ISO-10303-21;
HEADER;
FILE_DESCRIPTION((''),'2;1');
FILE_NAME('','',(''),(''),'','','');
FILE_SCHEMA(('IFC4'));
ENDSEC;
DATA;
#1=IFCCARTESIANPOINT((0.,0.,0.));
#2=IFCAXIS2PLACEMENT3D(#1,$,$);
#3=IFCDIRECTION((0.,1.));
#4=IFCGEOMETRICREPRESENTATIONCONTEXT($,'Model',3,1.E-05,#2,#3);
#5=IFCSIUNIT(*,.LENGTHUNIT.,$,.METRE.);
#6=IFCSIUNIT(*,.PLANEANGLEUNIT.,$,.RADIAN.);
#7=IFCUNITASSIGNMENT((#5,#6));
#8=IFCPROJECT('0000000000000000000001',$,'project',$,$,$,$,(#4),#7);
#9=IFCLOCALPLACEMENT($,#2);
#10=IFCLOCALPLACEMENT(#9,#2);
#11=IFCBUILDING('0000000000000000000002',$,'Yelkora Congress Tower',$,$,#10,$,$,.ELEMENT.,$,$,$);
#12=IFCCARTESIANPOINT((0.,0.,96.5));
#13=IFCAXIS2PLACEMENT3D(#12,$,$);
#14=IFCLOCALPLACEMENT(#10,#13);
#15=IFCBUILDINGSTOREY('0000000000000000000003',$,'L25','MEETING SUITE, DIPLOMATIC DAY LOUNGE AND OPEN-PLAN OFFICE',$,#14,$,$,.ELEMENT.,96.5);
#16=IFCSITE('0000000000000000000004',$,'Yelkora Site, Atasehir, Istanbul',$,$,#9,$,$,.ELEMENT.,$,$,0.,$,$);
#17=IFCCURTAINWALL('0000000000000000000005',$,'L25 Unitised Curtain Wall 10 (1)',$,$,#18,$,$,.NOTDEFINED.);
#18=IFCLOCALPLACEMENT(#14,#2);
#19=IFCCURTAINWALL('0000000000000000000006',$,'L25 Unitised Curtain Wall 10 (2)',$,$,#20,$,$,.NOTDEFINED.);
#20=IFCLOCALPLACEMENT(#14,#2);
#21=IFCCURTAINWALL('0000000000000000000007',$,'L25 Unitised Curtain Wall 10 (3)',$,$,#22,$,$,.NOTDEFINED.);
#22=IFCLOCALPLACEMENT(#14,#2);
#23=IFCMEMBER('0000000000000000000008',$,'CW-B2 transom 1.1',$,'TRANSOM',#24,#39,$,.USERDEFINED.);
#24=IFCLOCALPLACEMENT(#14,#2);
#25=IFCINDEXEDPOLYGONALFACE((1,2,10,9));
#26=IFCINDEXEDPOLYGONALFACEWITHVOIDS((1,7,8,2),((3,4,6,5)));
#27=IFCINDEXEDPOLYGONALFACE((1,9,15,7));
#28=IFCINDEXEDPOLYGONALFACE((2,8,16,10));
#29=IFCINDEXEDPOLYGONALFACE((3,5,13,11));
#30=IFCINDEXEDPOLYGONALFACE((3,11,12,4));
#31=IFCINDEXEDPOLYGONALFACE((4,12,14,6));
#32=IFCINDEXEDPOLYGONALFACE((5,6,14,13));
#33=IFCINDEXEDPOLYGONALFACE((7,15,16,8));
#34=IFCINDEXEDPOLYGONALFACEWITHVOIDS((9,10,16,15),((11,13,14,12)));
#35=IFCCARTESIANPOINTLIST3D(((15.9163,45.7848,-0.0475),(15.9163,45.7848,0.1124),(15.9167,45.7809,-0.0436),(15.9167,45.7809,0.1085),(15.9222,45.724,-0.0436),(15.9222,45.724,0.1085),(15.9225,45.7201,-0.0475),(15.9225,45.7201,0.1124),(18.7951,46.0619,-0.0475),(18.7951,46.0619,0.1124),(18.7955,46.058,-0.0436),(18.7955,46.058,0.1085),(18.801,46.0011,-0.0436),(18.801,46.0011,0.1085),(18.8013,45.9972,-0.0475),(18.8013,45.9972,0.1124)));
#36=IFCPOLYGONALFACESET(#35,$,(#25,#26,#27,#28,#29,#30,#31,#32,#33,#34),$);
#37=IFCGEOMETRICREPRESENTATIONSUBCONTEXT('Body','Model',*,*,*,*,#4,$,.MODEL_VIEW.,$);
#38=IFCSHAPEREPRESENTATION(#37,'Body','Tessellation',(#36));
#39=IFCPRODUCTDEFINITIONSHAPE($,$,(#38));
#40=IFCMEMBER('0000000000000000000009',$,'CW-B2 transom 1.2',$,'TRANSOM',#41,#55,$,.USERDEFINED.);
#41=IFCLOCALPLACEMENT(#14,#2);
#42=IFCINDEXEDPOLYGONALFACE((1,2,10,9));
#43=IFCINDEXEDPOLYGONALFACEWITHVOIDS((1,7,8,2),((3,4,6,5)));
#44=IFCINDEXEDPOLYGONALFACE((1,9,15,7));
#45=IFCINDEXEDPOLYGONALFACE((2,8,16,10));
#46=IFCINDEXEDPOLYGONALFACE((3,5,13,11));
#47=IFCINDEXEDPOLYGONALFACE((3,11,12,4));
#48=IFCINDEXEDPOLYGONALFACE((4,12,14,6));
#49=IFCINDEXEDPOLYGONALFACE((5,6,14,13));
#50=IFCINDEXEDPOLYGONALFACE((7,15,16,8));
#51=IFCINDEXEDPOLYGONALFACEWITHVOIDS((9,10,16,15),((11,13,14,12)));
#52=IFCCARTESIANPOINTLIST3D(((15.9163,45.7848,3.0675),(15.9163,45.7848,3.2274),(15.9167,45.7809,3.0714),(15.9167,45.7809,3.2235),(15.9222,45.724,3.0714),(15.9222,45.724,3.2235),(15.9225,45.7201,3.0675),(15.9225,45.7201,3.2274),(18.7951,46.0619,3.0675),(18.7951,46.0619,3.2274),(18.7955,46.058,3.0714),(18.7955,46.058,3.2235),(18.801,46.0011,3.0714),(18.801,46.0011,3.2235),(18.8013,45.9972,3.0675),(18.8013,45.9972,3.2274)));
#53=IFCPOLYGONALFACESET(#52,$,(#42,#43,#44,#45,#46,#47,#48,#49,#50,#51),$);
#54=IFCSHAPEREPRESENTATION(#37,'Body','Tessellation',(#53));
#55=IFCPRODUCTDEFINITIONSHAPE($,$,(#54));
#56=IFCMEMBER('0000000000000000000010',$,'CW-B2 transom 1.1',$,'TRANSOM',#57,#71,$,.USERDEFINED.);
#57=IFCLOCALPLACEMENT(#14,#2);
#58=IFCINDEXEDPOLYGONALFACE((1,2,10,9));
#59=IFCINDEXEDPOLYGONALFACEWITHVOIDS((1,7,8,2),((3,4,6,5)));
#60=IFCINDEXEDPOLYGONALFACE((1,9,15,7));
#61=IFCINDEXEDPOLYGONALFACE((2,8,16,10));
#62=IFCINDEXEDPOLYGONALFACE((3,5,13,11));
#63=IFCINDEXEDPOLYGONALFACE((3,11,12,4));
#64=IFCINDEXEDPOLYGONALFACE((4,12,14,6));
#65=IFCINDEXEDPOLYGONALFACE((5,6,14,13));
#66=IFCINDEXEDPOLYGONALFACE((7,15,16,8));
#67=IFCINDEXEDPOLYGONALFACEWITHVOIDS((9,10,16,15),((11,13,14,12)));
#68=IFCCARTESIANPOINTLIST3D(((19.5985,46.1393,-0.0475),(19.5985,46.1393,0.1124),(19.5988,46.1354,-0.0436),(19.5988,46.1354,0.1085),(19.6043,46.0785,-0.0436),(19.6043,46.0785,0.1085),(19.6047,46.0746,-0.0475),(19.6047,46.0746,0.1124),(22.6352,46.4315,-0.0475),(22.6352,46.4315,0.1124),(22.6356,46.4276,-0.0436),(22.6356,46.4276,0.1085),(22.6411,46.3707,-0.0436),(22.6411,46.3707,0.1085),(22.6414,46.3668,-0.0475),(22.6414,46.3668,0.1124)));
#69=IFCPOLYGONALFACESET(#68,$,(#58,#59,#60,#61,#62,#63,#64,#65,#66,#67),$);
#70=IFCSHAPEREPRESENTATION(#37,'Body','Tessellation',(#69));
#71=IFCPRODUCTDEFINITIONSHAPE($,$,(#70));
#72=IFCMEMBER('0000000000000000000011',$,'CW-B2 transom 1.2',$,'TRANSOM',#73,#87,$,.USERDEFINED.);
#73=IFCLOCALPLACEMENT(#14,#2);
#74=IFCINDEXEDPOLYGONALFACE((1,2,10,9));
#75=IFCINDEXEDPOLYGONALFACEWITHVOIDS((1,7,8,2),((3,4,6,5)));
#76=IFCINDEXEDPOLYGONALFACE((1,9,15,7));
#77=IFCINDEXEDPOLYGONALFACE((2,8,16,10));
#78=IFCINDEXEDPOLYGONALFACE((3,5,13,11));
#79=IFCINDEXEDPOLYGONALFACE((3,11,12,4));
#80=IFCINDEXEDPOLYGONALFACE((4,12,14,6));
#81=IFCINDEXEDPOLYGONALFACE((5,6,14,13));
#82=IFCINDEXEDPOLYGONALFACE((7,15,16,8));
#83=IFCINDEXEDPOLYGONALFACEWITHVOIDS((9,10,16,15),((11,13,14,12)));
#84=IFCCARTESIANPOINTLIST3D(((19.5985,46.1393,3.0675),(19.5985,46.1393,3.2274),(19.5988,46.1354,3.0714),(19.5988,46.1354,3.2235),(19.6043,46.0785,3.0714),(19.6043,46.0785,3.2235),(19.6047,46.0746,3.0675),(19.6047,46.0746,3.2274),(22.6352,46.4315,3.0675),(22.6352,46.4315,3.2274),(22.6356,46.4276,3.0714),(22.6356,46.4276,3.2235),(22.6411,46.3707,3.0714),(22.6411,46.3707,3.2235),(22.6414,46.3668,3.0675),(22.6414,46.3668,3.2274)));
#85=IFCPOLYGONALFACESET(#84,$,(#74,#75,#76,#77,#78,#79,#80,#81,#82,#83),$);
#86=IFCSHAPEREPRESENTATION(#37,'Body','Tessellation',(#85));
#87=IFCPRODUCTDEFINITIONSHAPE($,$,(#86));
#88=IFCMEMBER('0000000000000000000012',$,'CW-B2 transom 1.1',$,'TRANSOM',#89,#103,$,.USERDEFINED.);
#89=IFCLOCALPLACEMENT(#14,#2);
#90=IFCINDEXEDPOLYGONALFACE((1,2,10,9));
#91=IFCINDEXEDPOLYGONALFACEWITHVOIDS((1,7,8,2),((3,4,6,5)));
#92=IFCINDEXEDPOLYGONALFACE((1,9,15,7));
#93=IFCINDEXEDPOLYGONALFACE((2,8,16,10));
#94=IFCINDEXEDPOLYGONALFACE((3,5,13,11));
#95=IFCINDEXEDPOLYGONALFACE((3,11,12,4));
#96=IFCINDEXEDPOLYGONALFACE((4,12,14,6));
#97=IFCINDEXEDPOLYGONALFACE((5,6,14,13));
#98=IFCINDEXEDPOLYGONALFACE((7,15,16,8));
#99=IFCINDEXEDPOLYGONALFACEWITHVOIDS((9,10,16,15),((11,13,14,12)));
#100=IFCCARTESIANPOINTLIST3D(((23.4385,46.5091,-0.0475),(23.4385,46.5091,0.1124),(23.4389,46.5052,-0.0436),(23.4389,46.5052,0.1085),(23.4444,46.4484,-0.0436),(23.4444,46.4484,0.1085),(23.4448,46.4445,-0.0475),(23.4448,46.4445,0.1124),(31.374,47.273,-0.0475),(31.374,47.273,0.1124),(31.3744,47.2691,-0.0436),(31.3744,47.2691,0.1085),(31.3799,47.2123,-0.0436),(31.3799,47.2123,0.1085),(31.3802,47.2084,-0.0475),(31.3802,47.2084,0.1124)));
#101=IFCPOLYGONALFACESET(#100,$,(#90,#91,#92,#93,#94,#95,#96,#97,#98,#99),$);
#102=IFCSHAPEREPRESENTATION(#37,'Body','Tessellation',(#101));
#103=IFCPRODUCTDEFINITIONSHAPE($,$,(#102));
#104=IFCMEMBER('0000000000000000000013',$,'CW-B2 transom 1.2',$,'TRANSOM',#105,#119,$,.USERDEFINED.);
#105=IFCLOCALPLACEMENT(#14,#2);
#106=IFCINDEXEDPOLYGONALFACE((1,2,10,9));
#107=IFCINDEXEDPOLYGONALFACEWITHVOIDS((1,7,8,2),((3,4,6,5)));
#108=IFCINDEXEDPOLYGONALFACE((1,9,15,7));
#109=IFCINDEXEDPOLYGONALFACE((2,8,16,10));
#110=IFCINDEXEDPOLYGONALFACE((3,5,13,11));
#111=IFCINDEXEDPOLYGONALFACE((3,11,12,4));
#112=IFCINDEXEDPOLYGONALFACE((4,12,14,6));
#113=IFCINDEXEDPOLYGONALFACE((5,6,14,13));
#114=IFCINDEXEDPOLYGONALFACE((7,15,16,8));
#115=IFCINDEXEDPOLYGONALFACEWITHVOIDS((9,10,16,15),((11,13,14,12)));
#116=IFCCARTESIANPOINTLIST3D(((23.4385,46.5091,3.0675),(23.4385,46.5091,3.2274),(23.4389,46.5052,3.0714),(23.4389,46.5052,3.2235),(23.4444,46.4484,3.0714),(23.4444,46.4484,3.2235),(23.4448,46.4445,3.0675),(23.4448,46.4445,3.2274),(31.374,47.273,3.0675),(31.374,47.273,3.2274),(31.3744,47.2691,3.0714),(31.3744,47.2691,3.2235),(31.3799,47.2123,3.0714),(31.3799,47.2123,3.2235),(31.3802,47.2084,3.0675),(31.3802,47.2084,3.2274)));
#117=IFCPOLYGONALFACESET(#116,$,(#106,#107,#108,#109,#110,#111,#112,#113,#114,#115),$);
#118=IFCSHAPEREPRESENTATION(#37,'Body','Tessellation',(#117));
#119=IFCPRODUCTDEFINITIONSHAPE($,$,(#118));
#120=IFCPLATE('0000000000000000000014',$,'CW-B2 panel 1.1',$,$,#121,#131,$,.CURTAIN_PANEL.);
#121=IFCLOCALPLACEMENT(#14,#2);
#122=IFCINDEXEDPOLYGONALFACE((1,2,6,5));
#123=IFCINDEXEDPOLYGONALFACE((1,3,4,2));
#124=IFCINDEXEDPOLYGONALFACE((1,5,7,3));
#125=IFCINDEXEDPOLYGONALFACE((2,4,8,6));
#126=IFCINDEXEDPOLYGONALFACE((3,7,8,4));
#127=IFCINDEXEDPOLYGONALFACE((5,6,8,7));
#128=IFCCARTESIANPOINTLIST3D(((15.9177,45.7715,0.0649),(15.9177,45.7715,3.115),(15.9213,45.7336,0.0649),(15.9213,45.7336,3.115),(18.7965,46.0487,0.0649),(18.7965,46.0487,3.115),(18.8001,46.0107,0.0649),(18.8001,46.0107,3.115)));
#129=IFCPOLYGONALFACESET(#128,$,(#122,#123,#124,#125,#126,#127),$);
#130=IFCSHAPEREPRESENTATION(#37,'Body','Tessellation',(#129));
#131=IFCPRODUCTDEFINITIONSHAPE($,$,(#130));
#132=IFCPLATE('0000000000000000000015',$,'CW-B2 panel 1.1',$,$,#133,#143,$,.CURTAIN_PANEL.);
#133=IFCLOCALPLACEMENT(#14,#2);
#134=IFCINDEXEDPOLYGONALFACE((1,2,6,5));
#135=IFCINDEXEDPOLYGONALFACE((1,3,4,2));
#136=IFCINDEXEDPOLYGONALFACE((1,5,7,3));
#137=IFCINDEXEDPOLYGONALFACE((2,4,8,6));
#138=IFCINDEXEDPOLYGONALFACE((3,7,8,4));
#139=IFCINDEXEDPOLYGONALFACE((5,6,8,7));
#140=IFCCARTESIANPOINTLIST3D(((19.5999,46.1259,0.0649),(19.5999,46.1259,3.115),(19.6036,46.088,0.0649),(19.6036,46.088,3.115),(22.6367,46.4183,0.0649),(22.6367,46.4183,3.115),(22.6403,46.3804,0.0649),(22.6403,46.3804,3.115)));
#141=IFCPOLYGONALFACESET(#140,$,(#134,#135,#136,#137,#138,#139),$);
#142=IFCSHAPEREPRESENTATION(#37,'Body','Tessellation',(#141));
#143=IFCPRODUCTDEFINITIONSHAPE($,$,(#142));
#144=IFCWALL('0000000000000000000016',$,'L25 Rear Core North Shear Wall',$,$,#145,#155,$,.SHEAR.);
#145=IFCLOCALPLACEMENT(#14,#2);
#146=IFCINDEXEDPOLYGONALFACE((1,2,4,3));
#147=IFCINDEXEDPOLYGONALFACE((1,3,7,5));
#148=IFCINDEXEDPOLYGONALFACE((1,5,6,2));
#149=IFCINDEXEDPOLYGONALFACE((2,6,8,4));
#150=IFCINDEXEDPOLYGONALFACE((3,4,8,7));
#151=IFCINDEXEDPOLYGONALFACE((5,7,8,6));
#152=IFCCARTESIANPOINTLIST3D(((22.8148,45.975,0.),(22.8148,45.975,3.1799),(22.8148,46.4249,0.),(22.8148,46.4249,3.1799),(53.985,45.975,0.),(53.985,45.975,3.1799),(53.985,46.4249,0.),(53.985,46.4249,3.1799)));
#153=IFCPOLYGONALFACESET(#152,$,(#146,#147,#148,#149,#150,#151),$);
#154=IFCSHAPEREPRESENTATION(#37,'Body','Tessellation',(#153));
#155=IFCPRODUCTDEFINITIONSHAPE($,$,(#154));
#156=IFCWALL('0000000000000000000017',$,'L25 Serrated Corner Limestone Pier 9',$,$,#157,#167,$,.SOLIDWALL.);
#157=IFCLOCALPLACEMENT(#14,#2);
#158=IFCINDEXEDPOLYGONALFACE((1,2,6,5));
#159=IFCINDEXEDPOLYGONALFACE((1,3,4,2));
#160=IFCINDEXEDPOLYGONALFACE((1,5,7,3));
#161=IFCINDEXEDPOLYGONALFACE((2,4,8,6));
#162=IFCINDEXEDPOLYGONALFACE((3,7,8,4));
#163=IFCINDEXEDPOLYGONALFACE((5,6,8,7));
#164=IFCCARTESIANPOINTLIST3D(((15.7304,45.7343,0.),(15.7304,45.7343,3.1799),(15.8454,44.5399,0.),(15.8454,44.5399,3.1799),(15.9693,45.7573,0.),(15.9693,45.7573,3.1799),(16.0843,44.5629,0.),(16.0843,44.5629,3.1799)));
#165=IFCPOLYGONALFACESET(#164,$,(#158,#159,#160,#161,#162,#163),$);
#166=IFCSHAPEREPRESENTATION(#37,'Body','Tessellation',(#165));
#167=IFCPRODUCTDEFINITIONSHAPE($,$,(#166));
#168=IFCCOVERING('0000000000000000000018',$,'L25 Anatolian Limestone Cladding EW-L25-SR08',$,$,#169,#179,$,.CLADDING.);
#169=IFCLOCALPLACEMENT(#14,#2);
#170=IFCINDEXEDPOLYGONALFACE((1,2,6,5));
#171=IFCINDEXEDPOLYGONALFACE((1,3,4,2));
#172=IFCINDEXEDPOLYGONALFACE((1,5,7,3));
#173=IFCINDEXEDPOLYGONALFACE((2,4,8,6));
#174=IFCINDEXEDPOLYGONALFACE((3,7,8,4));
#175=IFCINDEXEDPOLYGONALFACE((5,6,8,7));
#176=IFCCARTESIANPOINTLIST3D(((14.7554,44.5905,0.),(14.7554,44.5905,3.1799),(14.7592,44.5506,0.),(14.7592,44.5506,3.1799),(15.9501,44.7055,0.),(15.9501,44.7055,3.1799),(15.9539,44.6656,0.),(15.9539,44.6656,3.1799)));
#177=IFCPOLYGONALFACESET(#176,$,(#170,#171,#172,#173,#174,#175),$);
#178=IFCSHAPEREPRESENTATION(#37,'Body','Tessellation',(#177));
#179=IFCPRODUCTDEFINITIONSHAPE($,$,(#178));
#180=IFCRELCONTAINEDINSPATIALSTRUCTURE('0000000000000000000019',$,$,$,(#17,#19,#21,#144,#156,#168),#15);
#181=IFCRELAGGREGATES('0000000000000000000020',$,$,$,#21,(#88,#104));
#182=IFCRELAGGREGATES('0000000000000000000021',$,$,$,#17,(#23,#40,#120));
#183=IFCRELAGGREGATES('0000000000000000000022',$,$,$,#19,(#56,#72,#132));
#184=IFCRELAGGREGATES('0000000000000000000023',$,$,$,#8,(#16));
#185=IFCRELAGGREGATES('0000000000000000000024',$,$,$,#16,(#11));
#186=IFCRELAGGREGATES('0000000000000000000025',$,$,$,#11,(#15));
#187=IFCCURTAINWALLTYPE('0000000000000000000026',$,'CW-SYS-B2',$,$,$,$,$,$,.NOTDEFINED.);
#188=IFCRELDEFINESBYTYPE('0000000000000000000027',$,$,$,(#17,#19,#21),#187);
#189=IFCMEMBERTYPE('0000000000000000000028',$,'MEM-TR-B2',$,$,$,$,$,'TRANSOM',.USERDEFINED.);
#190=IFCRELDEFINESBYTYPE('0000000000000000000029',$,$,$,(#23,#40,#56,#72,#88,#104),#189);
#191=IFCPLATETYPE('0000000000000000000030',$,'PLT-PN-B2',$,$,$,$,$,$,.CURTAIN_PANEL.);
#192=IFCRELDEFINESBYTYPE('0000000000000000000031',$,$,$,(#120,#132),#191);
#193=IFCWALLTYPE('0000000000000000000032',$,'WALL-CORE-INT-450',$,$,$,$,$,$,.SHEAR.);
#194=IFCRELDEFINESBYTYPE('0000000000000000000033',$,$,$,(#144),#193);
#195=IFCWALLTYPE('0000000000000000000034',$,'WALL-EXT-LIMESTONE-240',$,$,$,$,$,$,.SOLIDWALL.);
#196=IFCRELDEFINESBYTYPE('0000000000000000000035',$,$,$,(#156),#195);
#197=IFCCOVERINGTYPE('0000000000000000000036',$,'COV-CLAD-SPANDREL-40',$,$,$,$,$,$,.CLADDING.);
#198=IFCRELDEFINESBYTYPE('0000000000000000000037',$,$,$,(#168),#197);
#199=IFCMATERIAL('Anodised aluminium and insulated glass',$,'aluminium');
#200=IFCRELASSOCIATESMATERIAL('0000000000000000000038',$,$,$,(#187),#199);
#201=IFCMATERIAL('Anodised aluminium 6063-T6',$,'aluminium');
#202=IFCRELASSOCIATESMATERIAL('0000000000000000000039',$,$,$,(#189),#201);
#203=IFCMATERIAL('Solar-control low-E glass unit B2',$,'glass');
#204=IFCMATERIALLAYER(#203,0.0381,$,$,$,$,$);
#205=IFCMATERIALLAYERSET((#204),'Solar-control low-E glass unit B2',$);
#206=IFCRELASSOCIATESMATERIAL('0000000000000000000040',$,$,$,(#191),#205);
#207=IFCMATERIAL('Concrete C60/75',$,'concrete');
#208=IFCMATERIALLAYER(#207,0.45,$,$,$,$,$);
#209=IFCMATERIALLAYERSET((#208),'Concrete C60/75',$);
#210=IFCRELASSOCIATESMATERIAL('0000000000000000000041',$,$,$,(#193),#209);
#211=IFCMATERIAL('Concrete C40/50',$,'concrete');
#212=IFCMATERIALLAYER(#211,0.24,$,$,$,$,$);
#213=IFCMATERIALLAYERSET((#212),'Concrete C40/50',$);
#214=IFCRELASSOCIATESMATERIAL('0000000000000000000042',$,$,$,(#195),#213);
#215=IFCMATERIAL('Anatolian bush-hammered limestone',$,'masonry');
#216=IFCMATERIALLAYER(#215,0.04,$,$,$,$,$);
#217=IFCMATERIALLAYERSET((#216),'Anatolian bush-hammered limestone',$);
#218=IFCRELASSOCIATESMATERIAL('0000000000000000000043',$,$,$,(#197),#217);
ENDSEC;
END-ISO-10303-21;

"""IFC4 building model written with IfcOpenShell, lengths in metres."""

from ifc_helpers import new_model, si_unit, direction, frame, frame_2d, origin, origin_2d, place, context, subcontext, project, spatial, rectangle, hollow_rectangle, extrude, material, layer, layer_set, material_profile, profile_set, type_object, element, aggregate, save


model = new_model("IFC4")

# Units and contexts
model_context = context("Model", 3, precision=1e-05, world=origin(), true_north=direction((0.0, 1.0)))
body_context = subcontext(model_context, "Body", "Model", "MODEL_VIEW")
ifc_project = project(units=[si_unit("LENGTHUNIT", "METRE"), si_unit("PLANEANGLEUNIT", "RADIAN")], contexts=[model_context])

# Site, building, storey
site_placement = place(None, origin())
site = spatial("IfcSite", under=ifc_project, at=site_placement, Name="Yelkora Site, Atasehir, Istanbul", CompositionType="ELEMENT", RefElevation=0.0)
building_placement = place(site_placement, origin())
building = spatial("IfcBuilding", under=site, at=building_placement, Name="Yelkora Congress Tower", CompositionType="ELEMENT")
storey_placement = place(building_placement, frame((0.0, 0.0, 96.5)))
storey = spatial("IfcBuildingStorey", under=building, at=storey_placement, Name="L25", Description="MEETING SUITE, DIPLOMATIC DAY LOUNGE AND OPEN-PLAN OFFICE", CompositionType="ELEMENT", Elevation=96.5)

# Curtain walls
ifc_material_1 = material(Name="Anodised aluminium and insulated glass", Category="aluminium")
curtain_wall_type = type_object("IfcCurtainWallType", Name="CW-SYS-B2", PredefinedType="NOTDEFINED", material=ifc_material_1)
curtain_wall_1_placement = place(storey_placement, origin())
curtain_wall_1 = element("IfcCurtainWall", 1, at=curtain_wall_1_placement, inside=storey, type_object=curtain_wall_type, Name="L25 Unitised Curtain Wall 10 (1)", PredefinedType="NOTDEFINED")
ifc_material_2 = material(Name="Anodised aluminium 6063-T6", Category="aluminium")
curtain_wall_2_placement = place(storey_placement, origin())
curtain_wall_2 = element("IfcCurtainWall", 2, at=curtain_wall_2_placement, inside=storey, type_object=curtain_wall_type, Name="L25 Unitised Curtain Wall 10 (2)", PredefinedType="NOTDEFINED")

# Curtain wall
curtain_wall_3_placement = place(storey_placement, origin())
curtain_wall_3 = element("IfcCurtainWall", 3, at=curtain_wall_3_placement, inside=storey, type_object=curtain_wall_type, Name="L25 Unitised Curtain Wall 10 (3)", PredefinedType="NOTDEFINED")

# Members
ifc_material_profile_1 = material_profile(ifc_material_2, hollow_rectangle(XDim=0.0649, YDim=0.1599, WallThickness=0.0039, at=origin_2d()), Name="ALU 65x160x4")
ifc_profile_set_1 = profile_set([ifc_material_profile_1], Name="Anodised aluminium 6063-T6")
member_type_1 = type_object("IfcMemberType", Name="MEM-TR-B2", ElementType="TRANSOM", PredefinedType="USERDEFINED", material=ifc_profile_set_1)
member_1_placement = place(storey_placement, frame((15.9194, 45.7524, 0.0325), z_axis=(0.9954, 0.095809, 0.0), x_axis=(-0.095809, 0.9954, 0.0)))
member_1 = element("IfcMember", 4, at=member_1_placement, type_object=member_type_1, Name="CW-B2 transom 1.1", ObjectType="TRANSOM", PredefinedType="USERDEFINED", context=body_context, shape_type="SweptSolid", body=[
    extrude(hollow_rectangle(XDim=0.0649, YDim=0.1599, WallThickness=0.0039, at=origin_2d()), origin(), (0.0, 0.0, 1.0), 2.8921),
])
member_2_placement = place(storey_placement, frame((15.9194, 45.7524, 3.1475), z_axis=(0.9954, 0.095809, 0.0), x_axis=(-0.095809, 0.9954, 0.0)))
member_2 = element("IfcMember", 5, at=member_2_placement, type_object=member_type_1, Name="CW-B2 transom 1.2", ObjectType="TRANSOM", PredefinedType="USERDEFINED", context=body_context, shape_type="SweptSolid", body=[
    extrude(hollow_rectangle(XDim=0.0649, YDim=0.1599, WallThickness=0.0039, at=origin_2d()), origin(), (0.0, 0.0, 1.0), 2.8921),
])
member_3_placement = place(storey_placement, frame((19.6016, 46.1069, 0.0325), z_axis=(0.995402, 0.095787, 0.0), x_axis=(-0.095787, 0.995402, 0.0)))
member_3 = element("IfcMember", 6, at=member_3_placement, type_object=member_type_1, Name="CW-B2 transom 1.1", ObjectType="TRANSOM", PredefinedType="USERDEFINED", context=body_context, shape_type="SweptSolid", body=[
    extrude(hollow_rectangle(XDim=0.0649, YDim=0.1599, WallThickness=0.0039, at=origin_2d()), origin(), (0.0, 0.0, 1.0), 3.0508),
])
member_4_placement = place(storey_placement, frame((19.6016, 46.1069, 3.1475), z_axis=(0.995402, 0.095787, 0.0), x_axis=(-0.095787, 0.995402, 0.0)))
member_4 = element("IfcMember", 7, at=member_4_placement, type_object=member_type_1, Name="CW-B2 transom 1.2", ObjectType="TRANSOM", PredefinedType="USERDEFINED", context=body_context, shape_type="SweptSolid", body=[
    extrude(hollow_rectangle(XDim=0.0649, YDim=0.1599, WallThickness=0.0039, at=origin_2d()), origin(), (0.0, 0.0, 1.0), 3.0508),
])
member_5_placement = place(storey_placement, frame((23.4417, 46.4768, 0.0325), z_axis=(0.995398, 0.095822, 0.0), x_axis=(-0.095822, 0.995398, 0.0)))
member_5 = element("IfcMember", 8, at=member_5_placement, type_object=member_type_1, Name="CW-B2 transom 1.1", ObjectType="TRANSOM", PredefinedType="USERDEFINED", context=body_context, shape_type="SweptSolid", body=[
    extrude(hollow_rectangle(XDim=0.0649, YDim=0.1599, WallThickness=0.0039, at=origin_2d()), origin(), (0.0, 0.0, 1.0), 7.9722),
])
member_6_placement = place(storey_placement, frame((23.4417, 46.4768, 3.1475), z_axis=(0.995398, 0.095822, 0.0), x_axis=(-0.095822, 0.995398, 0.0)))
member_6 = element("IfcMember", 9, at=member_6_placement, type_object=member_type_1, Name="CW-B2 transom 1.2", ObjectType="TRANSOM", PredefinedType="USERDEFINED", context=body_context, shape_type="SweptSolid", body=[
    extrude(hollow_rectangle(XDim=0.0649, YDim=0.1599, WallThickness=0.0039, at=origin_2d()), origin(), (0.0, 0.0, 1.0), 7.9722),
])
aggregate(curtain_wall_3, [member_5, member_6])

# Plates
ifc_material_3 = material(Name="Solar-control low-E glass unit B2", Category="glass")
ifc_layer_1 = layer(ifc_material_3, 0.0381)
ifc_layer_set_1 = layer_set([ifc_layer_1], Name="Solar-control low-E glass unit B2")
plate_type = type_object("IfcPlateType", Name="PLT-PN-B2", PredefinedType="CURTAIN_PANEL", material=ifc_layer_set_1)
plate_1_placement = place(storey_placement, frame((17.3589, 45.8911, 0.0649), z_axis=(0.0, 0.0, 1.0), x_axis=(0.995397, 0.095839, 0.0)))
plate_1 = element("IfcPlate", 10, at=plate_1_placement, type_object=plate_type, Name="CW-B2 panel 1.1", PredefinedType="CURTAIN_PANEL", context=body_context, shape_type="SweptSolid", body=[
    extrude(rectangle(XDim=2.8921, YDim=0.0381, at=origin_2d()), origin(), (0.0, 0.0, 1.0), 3.05),
])
aggregate(curtain_wall_1, [member_1, member_2, plate_1])
plate_2_placement = place(storey_placement, frame((21.1201, 46.2532, 0.0649), z_axis=(0.0, 0.0, 1.0), x_axis=(0.995397, 0.095841, 0.0)))
plate_2 = element("IfcPlate", 11, at=plate_2_placement, type_object=plate_type, Name="CW-B2 panel 1.1", PredefinedType="CURTAIN_PANEL", context=body_context, shape_type="SweptSolid", body=[
    extrude(rectangle(XDim=3.0508, YDim=0.0381, at=origin_2d()), origin(), (0.0, 0.0, 1.0), 3.05),
])
aggregate(curtain_wall_2, [member_3, member_4, plate_2])

# Walls
ifc_material_4 = material(Name="Concrete C60/75", Category="concrete")
ifc_layer_2 = layer(ifc_material_4, 0.45)
ifc_layer_set_2 = layer_set([ifc_layer_2], Name="Concrete C60/75")
wall_type_1 = type_object("IfcWallType", Name="WALL-CORE-INT-450", PredefinedType="SHEAR", material=ifc_layer_set_2)
wall_1_placement = place(storey_placement, frame((22.8149, 46.2, 0.0), z_axis=(0.0, 0.0, 1.0), x_axis=(1.0, 0.0, 0.0)))
element("IfcWall", 12, at=wall_1_placement, inside=storey, type_object=wall_type_1, Name="L25 Rear Core North Shear Wall", PredefinedType="SHEAR", context=body_context, shape_type="SweptSolid", body=[
    extrude(rectangle(XDim=31.1702, YDim=0.45, at=frame_2d((15.585, 0.0))), origin(), (0.0, 0.0, 1.0), 3.1799),
])
ifc_material_5 = material(Name="Concrete C40/50", Category="concrete")
ifc_layer_3 = layer(ifc_material_5, 0.24)
ifc_layer_set_3 = layer_set([ifc_layer_3], Name="Concrete C40/50")
wall_type_2 = type_object("IfcWallType", Name="WALL-EXT-LIMESTONE-240", PredefinedType="SOLIDWALL", material=ifc_layer_set_3)
wall_2_placement = place(storey_placement, frame((15.9648, 44.5513, 0.0), z_axis=(0.0, 0.0, 1.0), x_axis=(-0.095836, 0.995397, 0.0)))
element("IfcWall", 13, at=wall_2_placement, inside=storey, type_object=wall_type_2, Name="L25 Serrated Corner Limestone Pier 9", PredefinedType="SOLIDWALL", context=body_context, shape_type="SweptSolid", body=[
    extrude(rectangle(XDim=1.2, YDim=0.24, at=frame_2d((0.6001, 0.0))), origin(), (0.0, 0.0, 1.0), 3.1799),
])

# Covering
ifc_material_6 = material(Name="Anatolian bush-hammered limestone", Category="masonry")
ifc_layer_4 = layer(ifc_material_6, 0.04)
ifc_layer_set_4 = layer_set([ifc_layer_4], Name="Anatolian bush-hammered limestone")
covering_type = type_object("IfcCoveringType", Name="COV-CLAD-SPANDREL-40", PredefinedType="CLADDING", material=ifc_layer_set_4)
covering_placement = place(storey_placement, frame((14.7573, 44.5706, 0.0), z_axis=(0.0, 0.0, 1.0), x_axis=(0.995399, 0.095817, 0.0)))
element("IfcCovering", 14, at=covering_placement, inside=storey, type_object=covering_type, Name="L25 Anatolian Limestone Cladding EW-L25-SR08", PredefinedType="CLADDING", context=body_context, shape_type="SweptSolid", body=[
    extrude(rectangle(XDim=1.2002, YDim=0.04, at=frame_2d((0.6001, 0.0))), origin(), (0.0, 0.0, 1.0), 3.1799),
])

save(model, "model.ifc")
